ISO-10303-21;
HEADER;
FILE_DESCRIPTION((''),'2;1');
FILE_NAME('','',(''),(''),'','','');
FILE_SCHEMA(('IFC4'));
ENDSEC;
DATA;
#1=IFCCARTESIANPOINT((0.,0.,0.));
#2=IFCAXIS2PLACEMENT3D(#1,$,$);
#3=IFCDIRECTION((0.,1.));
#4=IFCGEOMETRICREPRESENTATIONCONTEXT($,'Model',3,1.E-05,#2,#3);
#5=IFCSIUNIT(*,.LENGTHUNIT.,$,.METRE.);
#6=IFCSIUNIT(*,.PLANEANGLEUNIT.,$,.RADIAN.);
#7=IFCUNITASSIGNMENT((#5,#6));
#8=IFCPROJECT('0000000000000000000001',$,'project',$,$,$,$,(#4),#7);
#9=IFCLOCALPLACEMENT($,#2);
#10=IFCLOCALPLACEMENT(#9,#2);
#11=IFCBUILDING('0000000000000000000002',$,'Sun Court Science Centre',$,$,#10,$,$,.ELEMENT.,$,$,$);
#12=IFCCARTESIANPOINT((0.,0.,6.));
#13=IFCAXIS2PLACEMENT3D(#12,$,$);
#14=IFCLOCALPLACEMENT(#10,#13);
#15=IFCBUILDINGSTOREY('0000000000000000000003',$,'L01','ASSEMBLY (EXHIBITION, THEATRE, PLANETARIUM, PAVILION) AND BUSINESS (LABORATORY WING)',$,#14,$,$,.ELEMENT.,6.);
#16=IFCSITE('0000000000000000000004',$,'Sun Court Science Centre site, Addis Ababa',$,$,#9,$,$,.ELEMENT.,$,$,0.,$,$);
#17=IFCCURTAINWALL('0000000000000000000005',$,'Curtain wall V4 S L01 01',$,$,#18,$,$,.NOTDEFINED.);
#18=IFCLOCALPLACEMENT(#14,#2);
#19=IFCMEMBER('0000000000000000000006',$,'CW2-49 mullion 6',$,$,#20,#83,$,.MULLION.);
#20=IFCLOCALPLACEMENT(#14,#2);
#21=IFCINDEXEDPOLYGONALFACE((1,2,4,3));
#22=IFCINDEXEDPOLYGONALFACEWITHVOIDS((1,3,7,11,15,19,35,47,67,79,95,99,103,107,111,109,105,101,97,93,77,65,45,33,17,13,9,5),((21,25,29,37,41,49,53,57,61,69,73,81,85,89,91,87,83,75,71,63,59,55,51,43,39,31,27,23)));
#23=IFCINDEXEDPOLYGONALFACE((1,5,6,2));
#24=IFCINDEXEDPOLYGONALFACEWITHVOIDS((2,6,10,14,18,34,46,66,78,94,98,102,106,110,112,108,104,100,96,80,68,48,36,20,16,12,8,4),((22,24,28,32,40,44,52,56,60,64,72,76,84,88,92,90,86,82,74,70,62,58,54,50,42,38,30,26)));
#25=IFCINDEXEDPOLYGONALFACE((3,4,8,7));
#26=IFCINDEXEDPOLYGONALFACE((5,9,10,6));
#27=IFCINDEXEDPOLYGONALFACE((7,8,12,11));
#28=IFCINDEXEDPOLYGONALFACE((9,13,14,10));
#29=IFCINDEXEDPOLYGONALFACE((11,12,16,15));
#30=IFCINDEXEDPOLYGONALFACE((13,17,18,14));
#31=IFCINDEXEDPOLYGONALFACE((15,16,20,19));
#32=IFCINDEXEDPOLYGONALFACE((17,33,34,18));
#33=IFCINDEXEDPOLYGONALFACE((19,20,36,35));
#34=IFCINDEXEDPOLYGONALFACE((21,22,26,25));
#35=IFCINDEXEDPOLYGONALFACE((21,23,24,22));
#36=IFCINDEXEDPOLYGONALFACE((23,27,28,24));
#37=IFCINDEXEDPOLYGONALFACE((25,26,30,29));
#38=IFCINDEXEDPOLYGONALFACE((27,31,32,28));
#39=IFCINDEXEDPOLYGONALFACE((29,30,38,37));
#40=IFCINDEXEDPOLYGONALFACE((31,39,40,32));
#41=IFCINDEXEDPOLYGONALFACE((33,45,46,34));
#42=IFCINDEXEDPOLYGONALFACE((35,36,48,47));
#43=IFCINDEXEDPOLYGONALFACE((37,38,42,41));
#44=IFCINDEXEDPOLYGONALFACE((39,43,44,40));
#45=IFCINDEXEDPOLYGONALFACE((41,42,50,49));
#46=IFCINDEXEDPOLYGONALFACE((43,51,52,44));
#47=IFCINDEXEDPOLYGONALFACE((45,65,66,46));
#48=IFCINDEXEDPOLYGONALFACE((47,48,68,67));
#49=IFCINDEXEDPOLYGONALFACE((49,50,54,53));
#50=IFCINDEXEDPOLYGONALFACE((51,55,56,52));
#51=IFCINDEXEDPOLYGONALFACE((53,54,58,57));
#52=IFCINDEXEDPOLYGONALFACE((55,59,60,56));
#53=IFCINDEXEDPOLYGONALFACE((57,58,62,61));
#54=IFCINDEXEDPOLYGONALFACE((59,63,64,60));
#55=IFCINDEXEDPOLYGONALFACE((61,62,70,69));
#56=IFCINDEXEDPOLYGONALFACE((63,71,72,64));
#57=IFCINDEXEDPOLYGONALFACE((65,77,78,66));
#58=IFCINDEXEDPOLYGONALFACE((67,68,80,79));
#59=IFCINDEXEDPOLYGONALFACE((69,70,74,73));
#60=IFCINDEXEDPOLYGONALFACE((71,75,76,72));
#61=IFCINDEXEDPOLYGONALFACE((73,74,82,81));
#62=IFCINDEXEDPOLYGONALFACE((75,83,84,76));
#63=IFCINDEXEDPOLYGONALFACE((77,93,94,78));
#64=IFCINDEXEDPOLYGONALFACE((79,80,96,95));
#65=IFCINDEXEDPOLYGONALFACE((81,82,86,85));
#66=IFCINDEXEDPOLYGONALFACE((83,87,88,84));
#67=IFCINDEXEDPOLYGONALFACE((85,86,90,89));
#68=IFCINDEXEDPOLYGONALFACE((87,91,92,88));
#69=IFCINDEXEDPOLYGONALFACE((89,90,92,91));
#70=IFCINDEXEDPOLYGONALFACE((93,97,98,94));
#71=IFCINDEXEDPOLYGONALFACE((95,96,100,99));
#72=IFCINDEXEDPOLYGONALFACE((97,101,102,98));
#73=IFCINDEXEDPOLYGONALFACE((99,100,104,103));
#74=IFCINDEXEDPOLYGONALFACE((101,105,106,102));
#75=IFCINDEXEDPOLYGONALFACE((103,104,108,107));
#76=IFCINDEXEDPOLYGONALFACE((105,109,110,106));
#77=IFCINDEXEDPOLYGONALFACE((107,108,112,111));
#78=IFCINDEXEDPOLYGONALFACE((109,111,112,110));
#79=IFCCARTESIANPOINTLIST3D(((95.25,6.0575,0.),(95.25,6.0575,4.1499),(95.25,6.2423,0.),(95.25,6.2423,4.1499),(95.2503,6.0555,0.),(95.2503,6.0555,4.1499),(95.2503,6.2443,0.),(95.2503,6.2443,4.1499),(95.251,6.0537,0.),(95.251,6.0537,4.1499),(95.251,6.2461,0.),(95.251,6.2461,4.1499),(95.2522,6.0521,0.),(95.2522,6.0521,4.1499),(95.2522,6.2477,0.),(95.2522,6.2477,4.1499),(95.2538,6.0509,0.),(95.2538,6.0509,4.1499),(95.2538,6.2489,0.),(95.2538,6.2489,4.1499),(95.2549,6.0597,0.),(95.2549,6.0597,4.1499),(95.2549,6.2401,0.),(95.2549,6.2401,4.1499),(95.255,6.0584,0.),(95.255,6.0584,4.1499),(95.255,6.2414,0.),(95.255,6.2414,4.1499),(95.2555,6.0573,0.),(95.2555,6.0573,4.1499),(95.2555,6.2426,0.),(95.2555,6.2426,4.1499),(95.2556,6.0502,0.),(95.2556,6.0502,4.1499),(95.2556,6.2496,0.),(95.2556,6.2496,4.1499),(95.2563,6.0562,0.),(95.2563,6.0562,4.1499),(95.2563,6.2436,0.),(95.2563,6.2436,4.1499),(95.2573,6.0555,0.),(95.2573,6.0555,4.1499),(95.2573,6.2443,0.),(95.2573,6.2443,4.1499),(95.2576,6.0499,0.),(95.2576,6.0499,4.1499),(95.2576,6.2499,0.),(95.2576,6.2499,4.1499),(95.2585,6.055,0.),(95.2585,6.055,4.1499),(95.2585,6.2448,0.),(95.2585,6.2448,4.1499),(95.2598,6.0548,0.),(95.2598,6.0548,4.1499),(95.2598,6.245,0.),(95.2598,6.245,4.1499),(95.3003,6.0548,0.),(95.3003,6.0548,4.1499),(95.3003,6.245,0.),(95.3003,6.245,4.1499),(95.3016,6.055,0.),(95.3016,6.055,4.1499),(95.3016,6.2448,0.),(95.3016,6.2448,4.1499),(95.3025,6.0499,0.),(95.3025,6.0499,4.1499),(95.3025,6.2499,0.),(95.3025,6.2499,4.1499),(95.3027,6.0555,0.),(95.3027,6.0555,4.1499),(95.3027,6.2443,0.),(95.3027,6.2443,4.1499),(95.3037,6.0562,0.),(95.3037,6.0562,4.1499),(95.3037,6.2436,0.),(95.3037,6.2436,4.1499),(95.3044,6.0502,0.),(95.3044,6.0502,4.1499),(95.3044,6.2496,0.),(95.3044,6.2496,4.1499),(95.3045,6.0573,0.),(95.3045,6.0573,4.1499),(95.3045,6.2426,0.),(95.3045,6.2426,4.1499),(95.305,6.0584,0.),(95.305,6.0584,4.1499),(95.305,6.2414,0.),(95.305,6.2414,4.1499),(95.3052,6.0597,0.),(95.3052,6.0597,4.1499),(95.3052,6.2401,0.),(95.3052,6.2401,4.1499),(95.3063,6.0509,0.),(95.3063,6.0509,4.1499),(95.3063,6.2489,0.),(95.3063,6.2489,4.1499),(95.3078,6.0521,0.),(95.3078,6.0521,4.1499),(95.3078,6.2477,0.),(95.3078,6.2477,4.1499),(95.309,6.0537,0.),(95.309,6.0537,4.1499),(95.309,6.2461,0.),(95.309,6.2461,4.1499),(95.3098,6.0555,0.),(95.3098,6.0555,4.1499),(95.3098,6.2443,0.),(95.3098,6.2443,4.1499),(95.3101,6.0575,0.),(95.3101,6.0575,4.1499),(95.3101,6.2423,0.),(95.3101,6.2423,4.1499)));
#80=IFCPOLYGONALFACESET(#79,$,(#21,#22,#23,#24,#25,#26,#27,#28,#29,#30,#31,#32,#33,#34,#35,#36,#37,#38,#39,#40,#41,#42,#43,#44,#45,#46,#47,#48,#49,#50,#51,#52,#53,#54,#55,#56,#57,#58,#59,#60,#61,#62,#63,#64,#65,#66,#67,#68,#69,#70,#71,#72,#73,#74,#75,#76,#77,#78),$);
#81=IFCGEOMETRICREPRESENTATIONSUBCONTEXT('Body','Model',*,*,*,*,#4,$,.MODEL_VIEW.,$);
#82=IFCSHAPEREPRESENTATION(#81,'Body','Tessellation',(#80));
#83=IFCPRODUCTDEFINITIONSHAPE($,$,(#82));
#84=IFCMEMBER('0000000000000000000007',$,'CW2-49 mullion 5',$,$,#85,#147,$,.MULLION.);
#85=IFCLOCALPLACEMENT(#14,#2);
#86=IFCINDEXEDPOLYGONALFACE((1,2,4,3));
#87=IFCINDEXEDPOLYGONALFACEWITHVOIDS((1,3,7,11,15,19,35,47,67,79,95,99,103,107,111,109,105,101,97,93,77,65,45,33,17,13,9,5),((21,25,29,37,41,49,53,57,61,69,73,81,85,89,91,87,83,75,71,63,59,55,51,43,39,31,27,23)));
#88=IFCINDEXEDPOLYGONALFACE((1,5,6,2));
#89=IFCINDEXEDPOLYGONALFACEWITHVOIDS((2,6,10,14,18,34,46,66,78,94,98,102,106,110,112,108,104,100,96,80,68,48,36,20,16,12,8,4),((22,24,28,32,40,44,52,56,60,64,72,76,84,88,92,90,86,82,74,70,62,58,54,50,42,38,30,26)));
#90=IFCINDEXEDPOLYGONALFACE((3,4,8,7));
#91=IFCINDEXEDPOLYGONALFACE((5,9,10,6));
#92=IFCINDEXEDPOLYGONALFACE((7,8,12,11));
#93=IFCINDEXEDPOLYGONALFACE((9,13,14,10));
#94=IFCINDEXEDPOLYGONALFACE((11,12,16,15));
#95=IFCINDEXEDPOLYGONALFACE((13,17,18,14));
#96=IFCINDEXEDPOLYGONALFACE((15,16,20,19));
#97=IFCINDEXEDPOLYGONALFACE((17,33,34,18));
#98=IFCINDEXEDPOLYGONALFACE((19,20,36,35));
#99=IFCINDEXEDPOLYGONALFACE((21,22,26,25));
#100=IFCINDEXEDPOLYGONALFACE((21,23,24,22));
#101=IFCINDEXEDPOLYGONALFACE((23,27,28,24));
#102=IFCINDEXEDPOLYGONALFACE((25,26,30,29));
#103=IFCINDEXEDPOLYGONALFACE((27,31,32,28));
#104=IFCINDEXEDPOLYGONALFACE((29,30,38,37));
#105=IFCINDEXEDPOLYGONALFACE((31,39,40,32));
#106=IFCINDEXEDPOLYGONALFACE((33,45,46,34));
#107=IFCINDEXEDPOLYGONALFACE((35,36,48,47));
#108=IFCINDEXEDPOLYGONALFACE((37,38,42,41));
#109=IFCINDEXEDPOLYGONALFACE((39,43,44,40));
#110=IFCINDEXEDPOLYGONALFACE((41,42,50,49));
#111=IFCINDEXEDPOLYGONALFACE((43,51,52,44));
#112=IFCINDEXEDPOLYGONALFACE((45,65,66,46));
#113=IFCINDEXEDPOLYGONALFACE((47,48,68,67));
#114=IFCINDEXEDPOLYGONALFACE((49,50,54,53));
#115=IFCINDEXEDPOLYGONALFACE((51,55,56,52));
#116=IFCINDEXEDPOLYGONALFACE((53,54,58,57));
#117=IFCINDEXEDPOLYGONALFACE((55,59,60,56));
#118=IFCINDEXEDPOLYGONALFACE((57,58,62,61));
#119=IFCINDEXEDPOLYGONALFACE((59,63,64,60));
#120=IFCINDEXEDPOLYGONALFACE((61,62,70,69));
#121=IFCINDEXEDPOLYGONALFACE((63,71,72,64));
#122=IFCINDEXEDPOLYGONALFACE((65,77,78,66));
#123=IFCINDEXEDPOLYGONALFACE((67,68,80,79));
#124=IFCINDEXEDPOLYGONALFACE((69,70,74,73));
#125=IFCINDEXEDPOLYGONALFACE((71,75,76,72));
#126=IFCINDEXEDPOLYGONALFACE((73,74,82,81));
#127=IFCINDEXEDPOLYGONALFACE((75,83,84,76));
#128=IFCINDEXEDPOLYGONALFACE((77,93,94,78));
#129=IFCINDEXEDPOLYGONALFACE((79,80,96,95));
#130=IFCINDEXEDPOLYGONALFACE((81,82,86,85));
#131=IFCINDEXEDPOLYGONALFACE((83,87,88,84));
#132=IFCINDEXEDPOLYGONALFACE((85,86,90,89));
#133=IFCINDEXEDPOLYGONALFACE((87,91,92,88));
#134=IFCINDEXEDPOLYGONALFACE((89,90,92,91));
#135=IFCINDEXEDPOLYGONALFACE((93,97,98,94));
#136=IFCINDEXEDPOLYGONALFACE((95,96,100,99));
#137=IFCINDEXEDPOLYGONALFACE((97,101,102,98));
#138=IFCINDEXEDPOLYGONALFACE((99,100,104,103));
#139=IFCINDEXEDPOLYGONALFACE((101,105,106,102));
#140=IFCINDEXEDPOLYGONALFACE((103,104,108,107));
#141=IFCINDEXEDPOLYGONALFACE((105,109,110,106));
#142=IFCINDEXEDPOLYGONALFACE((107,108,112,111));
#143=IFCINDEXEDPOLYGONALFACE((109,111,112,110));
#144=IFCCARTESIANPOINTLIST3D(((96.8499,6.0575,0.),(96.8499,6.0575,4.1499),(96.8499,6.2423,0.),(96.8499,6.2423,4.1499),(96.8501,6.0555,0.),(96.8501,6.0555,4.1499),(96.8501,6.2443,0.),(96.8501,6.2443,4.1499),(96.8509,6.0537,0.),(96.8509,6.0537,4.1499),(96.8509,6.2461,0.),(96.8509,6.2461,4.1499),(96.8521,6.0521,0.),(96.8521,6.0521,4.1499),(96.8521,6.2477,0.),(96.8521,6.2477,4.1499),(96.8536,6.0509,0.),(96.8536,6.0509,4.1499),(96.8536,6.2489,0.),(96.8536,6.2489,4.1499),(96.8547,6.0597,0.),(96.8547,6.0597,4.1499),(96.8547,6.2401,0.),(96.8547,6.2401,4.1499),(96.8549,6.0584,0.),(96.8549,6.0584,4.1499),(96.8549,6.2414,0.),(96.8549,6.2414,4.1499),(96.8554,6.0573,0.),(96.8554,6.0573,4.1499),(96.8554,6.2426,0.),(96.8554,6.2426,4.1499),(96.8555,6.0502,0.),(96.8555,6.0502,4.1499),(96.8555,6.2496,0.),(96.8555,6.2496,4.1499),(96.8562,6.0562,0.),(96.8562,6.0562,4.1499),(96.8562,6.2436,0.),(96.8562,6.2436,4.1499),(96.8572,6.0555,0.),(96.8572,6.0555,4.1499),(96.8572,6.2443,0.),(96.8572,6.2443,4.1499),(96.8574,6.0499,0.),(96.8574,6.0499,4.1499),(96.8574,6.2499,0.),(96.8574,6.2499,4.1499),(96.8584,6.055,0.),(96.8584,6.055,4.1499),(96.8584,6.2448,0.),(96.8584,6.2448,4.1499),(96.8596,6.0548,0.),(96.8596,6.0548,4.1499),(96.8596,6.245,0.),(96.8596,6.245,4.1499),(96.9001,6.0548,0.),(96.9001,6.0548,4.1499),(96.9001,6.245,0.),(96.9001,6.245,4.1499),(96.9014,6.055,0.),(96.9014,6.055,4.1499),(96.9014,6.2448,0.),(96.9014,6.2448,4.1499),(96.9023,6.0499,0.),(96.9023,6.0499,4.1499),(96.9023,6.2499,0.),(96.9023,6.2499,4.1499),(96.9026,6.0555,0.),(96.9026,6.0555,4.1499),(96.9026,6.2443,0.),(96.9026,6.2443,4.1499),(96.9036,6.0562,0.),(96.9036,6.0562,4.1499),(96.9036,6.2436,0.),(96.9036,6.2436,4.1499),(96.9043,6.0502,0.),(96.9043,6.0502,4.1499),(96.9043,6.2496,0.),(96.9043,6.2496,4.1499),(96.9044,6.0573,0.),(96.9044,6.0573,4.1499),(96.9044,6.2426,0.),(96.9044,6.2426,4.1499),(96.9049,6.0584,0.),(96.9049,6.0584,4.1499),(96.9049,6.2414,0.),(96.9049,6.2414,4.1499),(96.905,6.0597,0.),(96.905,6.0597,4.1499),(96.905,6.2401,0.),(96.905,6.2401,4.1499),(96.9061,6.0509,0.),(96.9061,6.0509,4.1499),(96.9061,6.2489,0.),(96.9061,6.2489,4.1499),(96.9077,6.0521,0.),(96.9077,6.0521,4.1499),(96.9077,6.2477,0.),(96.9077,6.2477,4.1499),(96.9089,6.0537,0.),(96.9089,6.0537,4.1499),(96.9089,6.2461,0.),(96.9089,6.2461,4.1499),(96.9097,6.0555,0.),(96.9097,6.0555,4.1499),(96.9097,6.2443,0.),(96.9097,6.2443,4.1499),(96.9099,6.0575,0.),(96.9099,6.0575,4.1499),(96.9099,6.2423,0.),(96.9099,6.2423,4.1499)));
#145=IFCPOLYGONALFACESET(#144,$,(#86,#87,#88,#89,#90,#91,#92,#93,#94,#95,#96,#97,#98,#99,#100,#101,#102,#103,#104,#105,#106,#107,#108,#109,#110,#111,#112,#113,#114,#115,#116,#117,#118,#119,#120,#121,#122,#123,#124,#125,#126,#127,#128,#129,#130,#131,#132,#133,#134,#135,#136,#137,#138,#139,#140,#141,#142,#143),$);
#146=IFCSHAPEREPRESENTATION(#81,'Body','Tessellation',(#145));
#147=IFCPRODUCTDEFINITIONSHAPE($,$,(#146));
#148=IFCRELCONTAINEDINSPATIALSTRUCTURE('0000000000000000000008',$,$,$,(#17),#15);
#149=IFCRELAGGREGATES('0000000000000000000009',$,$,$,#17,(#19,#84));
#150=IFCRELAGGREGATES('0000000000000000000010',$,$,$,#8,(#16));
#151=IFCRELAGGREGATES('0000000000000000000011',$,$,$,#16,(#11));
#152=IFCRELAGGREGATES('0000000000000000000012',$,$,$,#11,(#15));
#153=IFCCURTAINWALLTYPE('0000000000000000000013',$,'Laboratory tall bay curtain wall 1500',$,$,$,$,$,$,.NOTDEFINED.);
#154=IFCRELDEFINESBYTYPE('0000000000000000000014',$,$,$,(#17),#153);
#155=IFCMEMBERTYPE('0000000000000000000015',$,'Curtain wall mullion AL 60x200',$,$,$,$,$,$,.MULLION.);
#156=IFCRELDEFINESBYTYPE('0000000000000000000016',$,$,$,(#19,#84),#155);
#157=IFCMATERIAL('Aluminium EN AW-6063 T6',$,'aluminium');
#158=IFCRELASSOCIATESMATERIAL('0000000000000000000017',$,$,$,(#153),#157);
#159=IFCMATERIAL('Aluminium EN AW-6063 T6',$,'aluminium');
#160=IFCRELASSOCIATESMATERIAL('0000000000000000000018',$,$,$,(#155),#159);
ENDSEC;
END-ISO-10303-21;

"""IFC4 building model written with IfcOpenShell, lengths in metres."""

from ifc_helpers import new_model, si_unit, direction, frame, origin, origin_2d, place, context, subcontext, project, spatial, hollow_rectangle, extrude, material, material_profile, profile_set, type_object, element, aggregate, save


model = new_model("IFC4")

# Units and contexts
model_context = context("Model", 3, precision=1e-05, world=origin(), true_north=direction((0.0, 1.0)))
body_context = subcontext(model_context, "Body", "Model", "MODEL_VIEW")
ifc_project = project(units=[si_unit("LENGTHUNIT", "METRE"), si_unit("PLANEANGLEUNIT", "RADIAN")], contexts=[model_context])

# Site, building, storey
site_placement = place(None, origin())
site = spatial("IfcSite", under=ifc_project, at=site_placement, Name="Sun Court Science Centre site, Addis Ababa", CompositionType="ELEMENT", RefElevation=0.0)
building_placement = place(site_placement, origin())
building = spatial("IfcBuilding", under=site, at=building_placement, Name="Sun Court Science Centre", CompositionType="ELEMENT")
storey_placement = place(building_placement, frame((0.0, 0.0, 6.0)))
storey = spatial("IfcBuildingStorey", under=building, at=storey_placement, Name="L01", Description="ASSEMBLY (EXHIBITION, THEATRE, PLANETARIUM, PAVILION) AND BUSINESS (LABORATORY WING)", CompositionType="ELEMENT", Elevation=6.0)

# Curtain wall, members
ifc_material_1 = material(Name="Aluminium EN AW-6063 T6", Category="aluminium")
curtain_wall_type = type_object("IfcCurtainWallType", Name="Laboratory tall bay curtain wall 1500", PredefinedType="NOTDEFINED", material=ifc_material_1)
curtain_wall_1_placement = place(storey_placement, origin())
curtain_wall_1 = element("IfcCurtainWall", 1, at=curtain_wall_1_placement, inside=storey, type_object=curtain_wall_type, Name="Curtain wall V4 S L01 01", PredefinedType="NOTDEFINED")
ifc_material_2 = material(Name="Aluminium EN AW-6063 T6", Category="aluminium")
ifc_material_profile_1 = material_profile(ifc_material_2, hollow_rectangle(XDim=0.0601, YDim=0.2, WallThickness=0.0049, InnerFilletRadius=0.0049, OuterFilletRadius=0.0076, at=origin_2d()), Name="AL 60x200x5")
ifc_profile_set_1 = profile_set([ifc_material_profile_1], Name="Aluminium EN AW-6063 T6")
member_type_1 = type_object("IfcMemberType", Name="Curtain wall mullion AL 60x200", PredefinedType="MULLION", material=ifc_profile_set_1)
member_1_placement = place(storey_placement, frame((95.28, 6.1499, 0.0), z_axis=(0.0, 0.0, 1.0), x_axis=(-1.0, 0.0, 0.0)))
member_1 = element("IfcMember", 2, at=member_1_placement, type_object=member_type_1, Name="CW2-49 mullion 6", PredefinedType="MULLION", context=body_context, shape_type="SweptSolid", body=[
    extrude(hollow_rectangle(XDim=0.0601, YDim=0.2, WallThickness=0.0049, InnerFilletRadius=0.0049, OuterFilletRadius=0.0076, at=origin_2d()), origin(), (0.0, 0.0, 1.0), 4.1499),
])
member_2_placement = place(storey_placement, frame((96.8799, 6.1499, 0.0), z_axis=(0.0, 0.0, 1.0), x_axis=(-1.0, 0.0, 0.0)))
member_2 = element("IfcMember", 3, at=member_2_placement, type_object=member_type_1, Name="CW2-49 mullion 5", PredefinedType="MULLION", context=body_context, shape_type="SweptSolid", body=[
    extrude(hollow_rectangle(XDim=0.0601, YDim=0.2, WallThickness=0.0049, InnerFilletRadius=0.0049, OuterFilletRadius=0.0076, at=origin_2d()), origin(), (0.0, 0.0, 1.0), 4.1499),
])

aggregate(curtain_wall_1, [member_1, member_2])

save(model, "model.ifc")
